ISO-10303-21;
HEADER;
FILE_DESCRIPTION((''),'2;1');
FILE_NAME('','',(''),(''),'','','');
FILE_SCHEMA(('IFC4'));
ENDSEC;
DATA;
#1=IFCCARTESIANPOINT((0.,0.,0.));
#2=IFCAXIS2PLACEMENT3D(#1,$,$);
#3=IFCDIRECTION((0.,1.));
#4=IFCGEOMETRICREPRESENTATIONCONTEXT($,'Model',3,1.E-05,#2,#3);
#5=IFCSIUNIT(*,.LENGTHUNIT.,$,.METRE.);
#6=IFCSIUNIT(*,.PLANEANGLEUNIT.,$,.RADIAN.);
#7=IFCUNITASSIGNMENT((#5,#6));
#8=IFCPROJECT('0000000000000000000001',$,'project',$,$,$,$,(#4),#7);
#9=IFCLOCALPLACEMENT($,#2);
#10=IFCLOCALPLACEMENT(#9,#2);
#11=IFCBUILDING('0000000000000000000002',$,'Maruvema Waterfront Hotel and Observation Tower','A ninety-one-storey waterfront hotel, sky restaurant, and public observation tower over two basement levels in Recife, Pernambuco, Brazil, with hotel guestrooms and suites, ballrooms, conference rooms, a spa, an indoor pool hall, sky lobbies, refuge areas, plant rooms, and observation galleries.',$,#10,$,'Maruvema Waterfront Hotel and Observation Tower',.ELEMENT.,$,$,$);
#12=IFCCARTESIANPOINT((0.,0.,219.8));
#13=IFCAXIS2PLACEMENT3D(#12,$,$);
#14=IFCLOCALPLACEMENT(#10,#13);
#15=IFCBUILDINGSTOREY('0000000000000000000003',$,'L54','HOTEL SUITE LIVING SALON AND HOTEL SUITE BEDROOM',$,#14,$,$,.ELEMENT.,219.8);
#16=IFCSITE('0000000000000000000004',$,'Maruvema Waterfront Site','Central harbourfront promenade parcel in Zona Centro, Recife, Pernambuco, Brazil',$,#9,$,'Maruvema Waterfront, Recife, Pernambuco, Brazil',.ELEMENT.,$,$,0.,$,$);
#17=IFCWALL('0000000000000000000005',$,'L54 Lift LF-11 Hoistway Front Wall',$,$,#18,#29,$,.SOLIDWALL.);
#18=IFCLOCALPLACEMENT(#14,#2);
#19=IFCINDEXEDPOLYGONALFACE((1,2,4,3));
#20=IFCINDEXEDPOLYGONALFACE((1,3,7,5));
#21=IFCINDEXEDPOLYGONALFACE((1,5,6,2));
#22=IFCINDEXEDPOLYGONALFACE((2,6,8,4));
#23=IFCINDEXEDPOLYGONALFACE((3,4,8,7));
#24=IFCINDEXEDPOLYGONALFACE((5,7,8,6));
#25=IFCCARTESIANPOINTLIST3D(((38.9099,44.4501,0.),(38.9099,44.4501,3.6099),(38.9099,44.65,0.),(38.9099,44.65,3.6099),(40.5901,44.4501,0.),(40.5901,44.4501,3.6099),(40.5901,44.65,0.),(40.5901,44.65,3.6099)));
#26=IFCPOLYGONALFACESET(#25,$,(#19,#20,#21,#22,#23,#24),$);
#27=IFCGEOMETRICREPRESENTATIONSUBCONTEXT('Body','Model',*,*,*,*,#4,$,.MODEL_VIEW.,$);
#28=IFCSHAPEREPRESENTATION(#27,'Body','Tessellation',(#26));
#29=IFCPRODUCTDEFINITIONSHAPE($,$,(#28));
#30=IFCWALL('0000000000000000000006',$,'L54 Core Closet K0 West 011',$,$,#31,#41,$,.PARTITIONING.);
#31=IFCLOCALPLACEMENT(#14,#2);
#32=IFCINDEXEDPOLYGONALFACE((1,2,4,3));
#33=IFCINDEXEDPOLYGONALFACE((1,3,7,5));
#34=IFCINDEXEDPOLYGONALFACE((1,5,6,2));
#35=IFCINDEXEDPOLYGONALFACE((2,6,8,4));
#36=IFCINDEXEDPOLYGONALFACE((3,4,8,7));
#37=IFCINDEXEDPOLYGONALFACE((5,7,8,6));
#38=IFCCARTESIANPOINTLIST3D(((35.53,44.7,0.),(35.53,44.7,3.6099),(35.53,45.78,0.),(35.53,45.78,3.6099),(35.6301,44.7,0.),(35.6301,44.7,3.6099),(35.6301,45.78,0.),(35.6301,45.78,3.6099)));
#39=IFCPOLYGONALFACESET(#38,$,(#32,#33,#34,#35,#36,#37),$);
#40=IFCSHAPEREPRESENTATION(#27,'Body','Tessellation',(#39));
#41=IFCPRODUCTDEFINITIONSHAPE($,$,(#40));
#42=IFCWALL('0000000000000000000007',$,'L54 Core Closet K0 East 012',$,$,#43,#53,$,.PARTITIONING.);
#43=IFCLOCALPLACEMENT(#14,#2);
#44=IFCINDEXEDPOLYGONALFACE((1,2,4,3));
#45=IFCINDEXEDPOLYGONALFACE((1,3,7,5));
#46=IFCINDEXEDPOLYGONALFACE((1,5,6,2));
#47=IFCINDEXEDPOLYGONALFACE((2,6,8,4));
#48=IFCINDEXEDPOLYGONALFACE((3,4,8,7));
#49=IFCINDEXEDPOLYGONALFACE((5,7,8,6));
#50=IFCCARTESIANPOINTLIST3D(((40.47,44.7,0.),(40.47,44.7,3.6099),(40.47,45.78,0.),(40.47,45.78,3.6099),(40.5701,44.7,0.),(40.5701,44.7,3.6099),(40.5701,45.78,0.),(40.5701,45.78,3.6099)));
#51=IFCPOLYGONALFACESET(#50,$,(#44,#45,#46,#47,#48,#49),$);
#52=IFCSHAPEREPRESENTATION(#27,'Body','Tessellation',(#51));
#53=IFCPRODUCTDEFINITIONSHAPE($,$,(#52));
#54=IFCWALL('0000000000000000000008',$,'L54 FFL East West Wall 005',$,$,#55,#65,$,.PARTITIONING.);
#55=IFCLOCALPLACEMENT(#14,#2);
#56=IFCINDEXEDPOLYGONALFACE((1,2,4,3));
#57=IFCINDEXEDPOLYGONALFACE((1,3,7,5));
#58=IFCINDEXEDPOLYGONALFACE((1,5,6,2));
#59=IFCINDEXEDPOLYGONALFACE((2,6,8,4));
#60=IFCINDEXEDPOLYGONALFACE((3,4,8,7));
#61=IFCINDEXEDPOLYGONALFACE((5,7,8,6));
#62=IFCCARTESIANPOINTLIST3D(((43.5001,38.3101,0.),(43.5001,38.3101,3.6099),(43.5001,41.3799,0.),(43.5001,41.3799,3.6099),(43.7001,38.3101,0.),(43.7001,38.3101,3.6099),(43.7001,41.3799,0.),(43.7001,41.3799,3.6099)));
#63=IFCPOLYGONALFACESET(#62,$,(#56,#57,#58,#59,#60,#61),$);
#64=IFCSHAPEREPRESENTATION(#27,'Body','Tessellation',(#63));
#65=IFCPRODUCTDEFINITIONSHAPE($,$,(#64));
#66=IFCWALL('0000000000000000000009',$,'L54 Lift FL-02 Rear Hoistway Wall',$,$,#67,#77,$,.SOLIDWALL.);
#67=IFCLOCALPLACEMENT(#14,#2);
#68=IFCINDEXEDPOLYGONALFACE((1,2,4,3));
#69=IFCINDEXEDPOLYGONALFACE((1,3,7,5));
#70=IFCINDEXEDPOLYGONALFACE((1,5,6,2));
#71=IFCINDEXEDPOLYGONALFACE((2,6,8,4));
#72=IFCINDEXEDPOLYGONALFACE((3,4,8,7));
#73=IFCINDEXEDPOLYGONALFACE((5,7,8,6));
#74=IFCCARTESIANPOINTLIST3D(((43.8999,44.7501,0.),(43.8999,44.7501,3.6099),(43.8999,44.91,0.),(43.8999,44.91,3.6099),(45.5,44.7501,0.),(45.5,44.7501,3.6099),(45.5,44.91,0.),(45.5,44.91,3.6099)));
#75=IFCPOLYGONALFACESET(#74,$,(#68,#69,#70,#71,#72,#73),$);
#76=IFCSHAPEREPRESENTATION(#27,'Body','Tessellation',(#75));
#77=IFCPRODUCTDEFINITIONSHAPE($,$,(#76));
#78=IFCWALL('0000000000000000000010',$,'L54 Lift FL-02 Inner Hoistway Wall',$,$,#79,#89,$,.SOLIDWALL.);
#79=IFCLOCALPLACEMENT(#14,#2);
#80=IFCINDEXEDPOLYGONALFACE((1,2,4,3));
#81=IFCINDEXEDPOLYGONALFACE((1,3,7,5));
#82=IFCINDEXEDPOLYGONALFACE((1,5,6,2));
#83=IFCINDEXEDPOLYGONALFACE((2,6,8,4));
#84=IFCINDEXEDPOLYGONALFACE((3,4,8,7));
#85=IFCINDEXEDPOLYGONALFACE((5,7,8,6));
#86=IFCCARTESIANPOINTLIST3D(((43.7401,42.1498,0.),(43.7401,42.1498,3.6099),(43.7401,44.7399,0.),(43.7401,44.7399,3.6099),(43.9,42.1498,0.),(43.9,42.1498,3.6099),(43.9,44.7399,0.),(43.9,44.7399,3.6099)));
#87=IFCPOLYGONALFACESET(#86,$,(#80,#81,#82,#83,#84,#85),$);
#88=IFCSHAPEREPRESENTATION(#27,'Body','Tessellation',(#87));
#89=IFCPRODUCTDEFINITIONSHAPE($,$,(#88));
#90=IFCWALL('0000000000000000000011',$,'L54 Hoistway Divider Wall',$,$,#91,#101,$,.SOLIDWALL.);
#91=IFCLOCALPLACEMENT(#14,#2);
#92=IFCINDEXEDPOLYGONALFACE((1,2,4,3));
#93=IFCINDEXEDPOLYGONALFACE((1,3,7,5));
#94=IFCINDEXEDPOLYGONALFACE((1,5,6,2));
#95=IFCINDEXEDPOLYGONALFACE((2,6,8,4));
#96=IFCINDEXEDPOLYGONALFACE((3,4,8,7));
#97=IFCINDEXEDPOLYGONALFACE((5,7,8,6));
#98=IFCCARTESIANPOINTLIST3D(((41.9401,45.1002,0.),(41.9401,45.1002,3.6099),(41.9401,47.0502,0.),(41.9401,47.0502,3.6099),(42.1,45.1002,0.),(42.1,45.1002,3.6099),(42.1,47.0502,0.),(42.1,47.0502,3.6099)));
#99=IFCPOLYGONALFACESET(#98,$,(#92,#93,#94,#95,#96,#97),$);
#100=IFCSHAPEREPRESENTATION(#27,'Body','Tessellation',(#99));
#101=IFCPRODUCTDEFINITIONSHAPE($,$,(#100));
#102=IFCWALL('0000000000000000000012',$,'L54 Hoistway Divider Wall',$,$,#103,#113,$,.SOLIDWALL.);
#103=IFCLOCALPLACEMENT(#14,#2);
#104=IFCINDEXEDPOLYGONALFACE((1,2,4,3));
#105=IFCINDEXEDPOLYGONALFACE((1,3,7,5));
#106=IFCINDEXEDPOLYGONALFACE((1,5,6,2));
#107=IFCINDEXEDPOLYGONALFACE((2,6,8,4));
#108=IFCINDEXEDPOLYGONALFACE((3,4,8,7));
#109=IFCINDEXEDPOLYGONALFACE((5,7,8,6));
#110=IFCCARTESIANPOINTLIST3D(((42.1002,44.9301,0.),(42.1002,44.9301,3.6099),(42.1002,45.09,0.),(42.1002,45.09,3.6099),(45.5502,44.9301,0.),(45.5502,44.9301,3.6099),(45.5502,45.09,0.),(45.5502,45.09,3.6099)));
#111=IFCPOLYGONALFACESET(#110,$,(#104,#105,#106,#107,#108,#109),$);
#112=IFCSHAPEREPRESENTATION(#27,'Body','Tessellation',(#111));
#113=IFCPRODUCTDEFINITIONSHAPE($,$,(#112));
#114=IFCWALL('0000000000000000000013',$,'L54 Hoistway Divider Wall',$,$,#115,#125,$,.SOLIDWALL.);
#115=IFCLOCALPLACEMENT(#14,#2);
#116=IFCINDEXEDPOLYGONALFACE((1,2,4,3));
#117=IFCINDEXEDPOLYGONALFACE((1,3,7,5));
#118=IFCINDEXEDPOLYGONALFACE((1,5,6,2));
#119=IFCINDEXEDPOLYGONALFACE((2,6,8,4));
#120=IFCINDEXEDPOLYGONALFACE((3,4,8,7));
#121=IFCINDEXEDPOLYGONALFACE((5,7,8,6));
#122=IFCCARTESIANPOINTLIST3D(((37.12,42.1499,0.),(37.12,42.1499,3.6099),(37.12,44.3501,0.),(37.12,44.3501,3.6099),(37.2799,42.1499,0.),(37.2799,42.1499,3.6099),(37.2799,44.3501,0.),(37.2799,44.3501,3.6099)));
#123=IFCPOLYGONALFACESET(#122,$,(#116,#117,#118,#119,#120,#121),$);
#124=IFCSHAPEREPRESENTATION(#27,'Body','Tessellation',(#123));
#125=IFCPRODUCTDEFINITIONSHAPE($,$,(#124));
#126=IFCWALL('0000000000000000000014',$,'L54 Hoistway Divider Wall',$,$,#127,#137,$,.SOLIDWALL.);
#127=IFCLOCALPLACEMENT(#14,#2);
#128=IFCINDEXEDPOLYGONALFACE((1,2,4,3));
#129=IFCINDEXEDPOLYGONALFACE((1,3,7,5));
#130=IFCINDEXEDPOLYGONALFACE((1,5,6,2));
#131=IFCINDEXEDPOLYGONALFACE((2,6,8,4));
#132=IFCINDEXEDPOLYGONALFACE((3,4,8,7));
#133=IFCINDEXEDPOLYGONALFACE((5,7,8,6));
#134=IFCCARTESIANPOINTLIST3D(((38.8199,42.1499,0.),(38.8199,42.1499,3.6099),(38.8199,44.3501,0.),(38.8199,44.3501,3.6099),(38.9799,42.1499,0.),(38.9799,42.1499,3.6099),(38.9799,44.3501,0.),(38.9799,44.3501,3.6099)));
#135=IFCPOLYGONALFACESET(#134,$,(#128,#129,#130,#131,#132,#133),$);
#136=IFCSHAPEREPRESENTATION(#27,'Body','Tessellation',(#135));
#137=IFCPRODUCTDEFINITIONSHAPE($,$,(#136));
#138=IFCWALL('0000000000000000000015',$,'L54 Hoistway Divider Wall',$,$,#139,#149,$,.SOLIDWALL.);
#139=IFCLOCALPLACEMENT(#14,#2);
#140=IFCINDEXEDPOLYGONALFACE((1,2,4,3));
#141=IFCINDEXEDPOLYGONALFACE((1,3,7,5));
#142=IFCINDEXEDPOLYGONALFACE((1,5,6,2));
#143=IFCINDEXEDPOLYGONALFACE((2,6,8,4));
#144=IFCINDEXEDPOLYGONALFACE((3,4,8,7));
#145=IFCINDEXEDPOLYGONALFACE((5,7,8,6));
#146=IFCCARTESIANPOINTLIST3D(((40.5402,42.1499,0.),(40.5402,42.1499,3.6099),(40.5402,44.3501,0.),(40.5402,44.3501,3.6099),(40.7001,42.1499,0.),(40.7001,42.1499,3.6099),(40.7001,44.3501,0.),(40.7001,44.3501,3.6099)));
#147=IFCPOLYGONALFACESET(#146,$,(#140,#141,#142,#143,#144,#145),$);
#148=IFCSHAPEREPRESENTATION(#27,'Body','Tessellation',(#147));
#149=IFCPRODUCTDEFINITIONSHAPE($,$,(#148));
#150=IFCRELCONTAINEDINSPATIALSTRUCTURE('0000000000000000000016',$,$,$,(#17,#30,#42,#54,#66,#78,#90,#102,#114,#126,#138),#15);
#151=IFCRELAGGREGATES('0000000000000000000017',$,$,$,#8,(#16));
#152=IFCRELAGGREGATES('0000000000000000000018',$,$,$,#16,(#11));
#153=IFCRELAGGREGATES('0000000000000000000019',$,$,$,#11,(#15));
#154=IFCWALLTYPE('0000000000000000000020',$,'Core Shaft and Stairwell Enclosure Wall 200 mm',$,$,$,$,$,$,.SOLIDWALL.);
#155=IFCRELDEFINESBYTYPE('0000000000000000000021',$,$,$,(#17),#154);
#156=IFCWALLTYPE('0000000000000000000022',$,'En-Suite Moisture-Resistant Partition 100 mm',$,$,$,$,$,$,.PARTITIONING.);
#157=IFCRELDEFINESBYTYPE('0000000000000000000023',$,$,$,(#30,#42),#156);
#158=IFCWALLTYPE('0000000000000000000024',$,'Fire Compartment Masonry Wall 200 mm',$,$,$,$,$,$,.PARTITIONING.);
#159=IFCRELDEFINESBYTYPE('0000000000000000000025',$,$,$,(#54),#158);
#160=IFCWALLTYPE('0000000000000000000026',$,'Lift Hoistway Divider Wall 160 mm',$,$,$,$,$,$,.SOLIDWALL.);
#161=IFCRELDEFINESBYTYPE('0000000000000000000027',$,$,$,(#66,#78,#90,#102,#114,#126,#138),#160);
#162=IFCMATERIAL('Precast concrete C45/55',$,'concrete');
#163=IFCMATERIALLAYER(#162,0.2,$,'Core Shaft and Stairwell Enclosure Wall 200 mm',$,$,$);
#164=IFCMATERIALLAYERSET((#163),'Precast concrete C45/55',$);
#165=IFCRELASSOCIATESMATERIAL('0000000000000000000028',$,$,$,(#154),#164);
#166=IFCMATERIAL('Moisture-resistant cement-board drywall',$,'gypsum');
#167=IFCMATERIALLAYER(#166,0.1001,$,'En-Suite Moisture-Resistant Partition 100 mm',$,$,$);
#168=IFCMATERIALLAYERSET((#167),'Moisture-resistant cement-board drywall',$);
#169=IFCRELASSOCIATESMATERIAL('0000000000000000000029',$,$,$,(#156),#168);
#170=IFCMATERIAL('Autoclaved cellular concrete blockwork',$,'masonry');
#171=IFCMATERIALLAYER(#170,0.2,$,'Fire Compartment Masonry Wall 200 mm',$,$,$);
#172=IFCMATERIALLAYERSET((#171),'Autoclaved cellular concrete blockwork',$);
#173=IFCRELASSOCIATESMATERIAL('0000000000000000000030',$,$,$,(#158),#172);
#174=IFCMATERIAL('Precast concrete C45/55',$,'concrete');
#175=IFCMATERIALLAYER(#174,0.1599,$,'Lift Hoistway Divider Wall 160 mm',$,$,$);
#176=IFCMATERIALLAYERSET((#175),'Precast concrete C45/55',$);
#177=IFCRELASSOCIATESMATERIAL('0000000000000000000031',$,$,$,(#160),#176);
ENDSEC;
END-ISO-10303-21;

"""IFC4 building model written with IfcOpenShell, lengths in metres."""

from ifc_helpers import new_model, si_unit, direction, frame, frame_2d, origin, place, context, subcontext, project, spatial, rectangle, extrude, material, layer, layer_set, type_object, element, save


model = new_model("IFC4")

# Units and contexts
model_context = context("Model", 3, precision=1e-05, world=origin(), true_north=direction((0.0, 1.0)))
body_context = subcontext(model_context, "Body", "Model", "MODEL_VIEW")
ifc_project = project(units=[si_unit("LENGTHUNIT", "METRE"), si_unit("PLANEANGLEUNIT", "RADIAN")], contexts=[model_context])

# Site, building, storey
site_placement = place(None, origin())
site = spatial("IfcSite", under=ifc_project, at=site_placement, Name="Maruvema Waterfront Site", Description="Central harbourfront promenade parcel in Zona Centro, Recife, Pernambuco, Brazil", LongName="Maruvema Waterfront, Recife, Pernambuco, Brazil", CompositionType="ELEMENT", RefElevation=0.0)
building_placement = place(site_placement, origin())
building = spatial("IfcBuilding", under=site, at=building_placement, Name="Maruvema Waterfront Hotel and Observation Tower", Description="A ninety-one-storey waterfront hotel, sky restaurant, and public observation tower over two basement levels in Recife, Pernambuco, Brazil, with hotel guestrooms and suites, ballrooms, conference rooms, a spa, an indoor pool hall, sky lobbies, refuge areas, plant rooms, and observation galleries.", LongName="Maruvema Waterfront Hotel and Observation Tower", CompositionType="ELEMENT")
storey_placement = place(building_placement, frame((0.0, 0.0, 219.8)))
storey = spatial("IfcBuildingStorey", under=building, at=storey_placement, Name="L54", Description="HOTEL SUITE LIVING SALON AND HOTEL SUITE BEDROOM", CompositionType="ELEMENT", Elevation=219.8)

# Wall
ifc_material_1 = material(Name="Precast concrete C45/55", Category="concrete")
ifc_layer_1 = layer(ifc_material_1, 0.2, Name="Core Shaft and Stairwell Enclosure Wall 200 mm")
ifc_layer_set_1 = layer_set([ifc_layer_1], Name="Precast concrete C45/55")
wall_type_1 = type_object("IfcWallType", Name="Core Shaft and Stairwell Enclosure Wall 200 mm", PredefinedType="SOLIDWALL", material=ifc_layer_set_1)
wall_1_placement = place(storey_placement, frame((38.9099, 44.55, 0.0), z_axis=(0.0, 0.0, 1.0), x_axis=(1.0, 0.0, 0.0)))
element("IfcWall", 1, at=wall_1_placement, inside=storey, type_object=wall_type_1, Name="L54 Lift LF-11 Hoistway Front Wall", PredefinedType="SOLIDWALL", context=body_context, shape_type="SweptSolid", body=[
    extrude(rectangle(XDim=1.6802, YDim=0.2, at=frame_2d((0.8401, 0.0))), origin(), (0.0, 0.0, 1.0), 3.6099),
])

# Walls
ifc_material_2 = material(Name="Moisture-resistant cement-board drywall", Category="gypsum")
ifc_layer_2 = layer(ifc_material_2, 0.1001, Name="En-Suite Moisture-Resistant Partition 100 mm")
ifc_layer_set_2 = layer_set([ifc_layer_2], Name="Moisture-resistant cement-board drywall")
wall_type_2 = type_object("IfcWallType", Name="En-Suite Moisture-Resistant Partition 100 mm", PredefinedType="PARTITIONING", material=ifc_layer_set_2)
for number, where, z_axis, x_axis, name in (
    (2, (35.5801, 44.7, 0.0), (0.0, 0.0, 1.0), (0.0, 1.0, 0.0), "L54 Core Closet K0 West 011"),
    (3, (40.52, 44.7, 0.0), (0.0, 0.0, 1.0), (0.0, 1.0, 0.0), "L54 Core Closet K0 East 012"),
):
    element("IfcWall", number, at=place(storey_placement, frame(where, z_axis=z_axis, x_axis=x_axis)), inside=storey, type_object=wall_type_2, Name=name, PredefinedType="PARTITIONING", context=body_context, shape_type="SweptSolid", body=[
        extrude(rectangle(XDim=1.0801, YDim=0.1001, at=frame_2d((0.54, 0.0))), origin(), (0.0, 0.0, 1.0), 3.6099),
    ])

# Shared definitions
ifc_material_3 = material(Name="Autoclaved cellular concrete blockwork", Category="masonry")
ifc_layer_3 = layer(ifc_material_3, 0.2, Name="Fire Compartment Masonry Wall 200 mm")
ifc_layer_set_3 = layer_set([ifc_layer_3], Name="Autoclaved cellular concrete blockwork")
wall_type_3 = type_object("IfcWallType", Name="Fire Compartment Masonry Wall 200 mm", PredefinedType="PARTITIONING", material=ifc_layer_set_3)

# Walls
wall_2_placement = place(storey_placement, frame((43.6001, 38.3101, 0.0), z_axis=(0.0, 0.0, 1.0), x_axis=(0.0, 1.0, 0.0)))
element("IfcWall", 4, at=wall_2_placement, inside=storey, type_object=wall_type_3, Name="L54 FFL East West Wall 005", PredefinedType="PARTITIONING", context=body_context, shape_type="SweptSolid", body=[
    extrude(rectangle(XDim=3.0698, YDim=0.2, at=frame_2d((1.5349, 0.0))), origin(), (0.0, 0.0, 1.0), 3.6099),
])
ifc_material_4 = material(Name="Precast concrete C45/55", Category="concrete")
ifc_layer_4 = layer(ifc_material_4, 0.1599, Name="Lift Hoistway Divider Wall 160 mm")
ifc_layer_set_4 = layer_set([ifc_layer_4], Name="Precast concrete C45/55")
wall_type_4 = type_object("IfcWallType", Name="Lift Hoistway Divider Wall 160 mm", PredefinedType="SOLIDWALL", material=ifc_layer_set_4)
wall_3_placement = place(storey_placement, frame((43.8999, 44.8301, 0.0), z_axis=(0.0, 0.0, 1.0), x_axis=(1.0, 0.0, 0.0)))
element("IfcWall", 5, at=wall_3_placement, inside=storey, type_object=wall_type_4, Name="L54 Lift FL-02 Rear Hoistway Wall", PredefinedType="SOLIDWALL", context=body_context, shape_type="SweptSolid", body=[
    extrude(rectangle(XDim=1.6001, YDim=0.1599, at=frame_2d((0.8, 0.0))), origin(), (0.0, 0.0, 1.0), 3.6099),
])
wall_4_placement = place(storey_placement, frame((43.8201, 42.1499, 0.0), z_axis=(0.0, 0.0, 1.0), x_axis=(0.0, 1.0, 0.0)))
element("IfcWall", 6, at=wall_4_placement, inside=storey, type_object=wall_type_4, Name="L54 Lift FL-02 Inner Hoistway Wall", PredefinedType="SOLIDWALL", context=body_context, shape_type="SweptSolid", body=[
    extrude(rectangle(XDim=2.5901, YDim=0.1599, at=frame_2d((1.2949, 0.0))), origin(), (0.0, 0.0, 1.0), 3.6099),
])
wall_5_placement = place(storey_placement, frame((42.02, 45.1001, 0.0), z_axis=(0.0, 0.0, 1.0), x_axis=(0.0, 1.0, 0.0)))
element("IfcWall", 7, at=wall_5_placement, inside=storey, type_object=wall_type_4, Name="L54 Hoistway Divider Wall", PredefinedType="SOLIDWALL", context=body_context, shape_type="SweptSolid", body=[
    extrude(rectangle(XDim=1.95, YDim=0.1599, at=frame_2d((0.9751, 0.0))), origin(), (0.0, 0.0, 1.0), 3.6099),
])
wall_6_placement = place(storey_placement, frame((42.1001, 45.01, 0.0), z_axis=(0.0, 0.0, 1.0), x_axis=(1.0, 0.0, 0.0)))
element("IfcWall", 8, at=wall_6_placement, inside=storey, type_object=wall_type_4, Name="L54 Hoistway Divider Wall", PredefinedType="SOLIDWALL", context=body_context, shape_type="SweptSolid", body=[
    extrude(rectangle(XDim=3.45, YDim=0.1599, at=frame_2d((1.7251, 0.0))), origin(), (0.0, 0.0, 1.0), 3.6099),
])
for number, where, z_axis, x_axis, name in (
    (9, (37.2, 42.1499, 0.0), (0.0, 0.0, 1.0), (0.0, 1.0, 0.0), "L54 Hoistway Divider Wall"),
    (10, (38.8999, 42.1499, 0.0), (0.0, 0.0, 1.0), (0.0, 1.0, 0.0), "L54 Hoistway Divider Wall"),
    (11, (40.6201, 42.1499, 0.0), (0.0, 0.0, 1.0), (0.0, 1.0, 0.0), "L54 Hoistway Divider Wall"),
):
    element("IfcWall", number, at=place(storey_placement, frame(where, z_axis=z_axis, x_axis=x_axis)), inside=storey, type_object=wall_type_4, Name=name, PredefinedType="SOLIDWALL", context=body_context, shape_type="SweptSolid", body=[
        extrude(rectangle(XDim=2.2002, YDim=0.1599, at=frame_2d((1.1001, 0.0))), origin(), (0.0, 0.0, 1.0), 3.6099),
    ])

save(model, "model.ifc")
